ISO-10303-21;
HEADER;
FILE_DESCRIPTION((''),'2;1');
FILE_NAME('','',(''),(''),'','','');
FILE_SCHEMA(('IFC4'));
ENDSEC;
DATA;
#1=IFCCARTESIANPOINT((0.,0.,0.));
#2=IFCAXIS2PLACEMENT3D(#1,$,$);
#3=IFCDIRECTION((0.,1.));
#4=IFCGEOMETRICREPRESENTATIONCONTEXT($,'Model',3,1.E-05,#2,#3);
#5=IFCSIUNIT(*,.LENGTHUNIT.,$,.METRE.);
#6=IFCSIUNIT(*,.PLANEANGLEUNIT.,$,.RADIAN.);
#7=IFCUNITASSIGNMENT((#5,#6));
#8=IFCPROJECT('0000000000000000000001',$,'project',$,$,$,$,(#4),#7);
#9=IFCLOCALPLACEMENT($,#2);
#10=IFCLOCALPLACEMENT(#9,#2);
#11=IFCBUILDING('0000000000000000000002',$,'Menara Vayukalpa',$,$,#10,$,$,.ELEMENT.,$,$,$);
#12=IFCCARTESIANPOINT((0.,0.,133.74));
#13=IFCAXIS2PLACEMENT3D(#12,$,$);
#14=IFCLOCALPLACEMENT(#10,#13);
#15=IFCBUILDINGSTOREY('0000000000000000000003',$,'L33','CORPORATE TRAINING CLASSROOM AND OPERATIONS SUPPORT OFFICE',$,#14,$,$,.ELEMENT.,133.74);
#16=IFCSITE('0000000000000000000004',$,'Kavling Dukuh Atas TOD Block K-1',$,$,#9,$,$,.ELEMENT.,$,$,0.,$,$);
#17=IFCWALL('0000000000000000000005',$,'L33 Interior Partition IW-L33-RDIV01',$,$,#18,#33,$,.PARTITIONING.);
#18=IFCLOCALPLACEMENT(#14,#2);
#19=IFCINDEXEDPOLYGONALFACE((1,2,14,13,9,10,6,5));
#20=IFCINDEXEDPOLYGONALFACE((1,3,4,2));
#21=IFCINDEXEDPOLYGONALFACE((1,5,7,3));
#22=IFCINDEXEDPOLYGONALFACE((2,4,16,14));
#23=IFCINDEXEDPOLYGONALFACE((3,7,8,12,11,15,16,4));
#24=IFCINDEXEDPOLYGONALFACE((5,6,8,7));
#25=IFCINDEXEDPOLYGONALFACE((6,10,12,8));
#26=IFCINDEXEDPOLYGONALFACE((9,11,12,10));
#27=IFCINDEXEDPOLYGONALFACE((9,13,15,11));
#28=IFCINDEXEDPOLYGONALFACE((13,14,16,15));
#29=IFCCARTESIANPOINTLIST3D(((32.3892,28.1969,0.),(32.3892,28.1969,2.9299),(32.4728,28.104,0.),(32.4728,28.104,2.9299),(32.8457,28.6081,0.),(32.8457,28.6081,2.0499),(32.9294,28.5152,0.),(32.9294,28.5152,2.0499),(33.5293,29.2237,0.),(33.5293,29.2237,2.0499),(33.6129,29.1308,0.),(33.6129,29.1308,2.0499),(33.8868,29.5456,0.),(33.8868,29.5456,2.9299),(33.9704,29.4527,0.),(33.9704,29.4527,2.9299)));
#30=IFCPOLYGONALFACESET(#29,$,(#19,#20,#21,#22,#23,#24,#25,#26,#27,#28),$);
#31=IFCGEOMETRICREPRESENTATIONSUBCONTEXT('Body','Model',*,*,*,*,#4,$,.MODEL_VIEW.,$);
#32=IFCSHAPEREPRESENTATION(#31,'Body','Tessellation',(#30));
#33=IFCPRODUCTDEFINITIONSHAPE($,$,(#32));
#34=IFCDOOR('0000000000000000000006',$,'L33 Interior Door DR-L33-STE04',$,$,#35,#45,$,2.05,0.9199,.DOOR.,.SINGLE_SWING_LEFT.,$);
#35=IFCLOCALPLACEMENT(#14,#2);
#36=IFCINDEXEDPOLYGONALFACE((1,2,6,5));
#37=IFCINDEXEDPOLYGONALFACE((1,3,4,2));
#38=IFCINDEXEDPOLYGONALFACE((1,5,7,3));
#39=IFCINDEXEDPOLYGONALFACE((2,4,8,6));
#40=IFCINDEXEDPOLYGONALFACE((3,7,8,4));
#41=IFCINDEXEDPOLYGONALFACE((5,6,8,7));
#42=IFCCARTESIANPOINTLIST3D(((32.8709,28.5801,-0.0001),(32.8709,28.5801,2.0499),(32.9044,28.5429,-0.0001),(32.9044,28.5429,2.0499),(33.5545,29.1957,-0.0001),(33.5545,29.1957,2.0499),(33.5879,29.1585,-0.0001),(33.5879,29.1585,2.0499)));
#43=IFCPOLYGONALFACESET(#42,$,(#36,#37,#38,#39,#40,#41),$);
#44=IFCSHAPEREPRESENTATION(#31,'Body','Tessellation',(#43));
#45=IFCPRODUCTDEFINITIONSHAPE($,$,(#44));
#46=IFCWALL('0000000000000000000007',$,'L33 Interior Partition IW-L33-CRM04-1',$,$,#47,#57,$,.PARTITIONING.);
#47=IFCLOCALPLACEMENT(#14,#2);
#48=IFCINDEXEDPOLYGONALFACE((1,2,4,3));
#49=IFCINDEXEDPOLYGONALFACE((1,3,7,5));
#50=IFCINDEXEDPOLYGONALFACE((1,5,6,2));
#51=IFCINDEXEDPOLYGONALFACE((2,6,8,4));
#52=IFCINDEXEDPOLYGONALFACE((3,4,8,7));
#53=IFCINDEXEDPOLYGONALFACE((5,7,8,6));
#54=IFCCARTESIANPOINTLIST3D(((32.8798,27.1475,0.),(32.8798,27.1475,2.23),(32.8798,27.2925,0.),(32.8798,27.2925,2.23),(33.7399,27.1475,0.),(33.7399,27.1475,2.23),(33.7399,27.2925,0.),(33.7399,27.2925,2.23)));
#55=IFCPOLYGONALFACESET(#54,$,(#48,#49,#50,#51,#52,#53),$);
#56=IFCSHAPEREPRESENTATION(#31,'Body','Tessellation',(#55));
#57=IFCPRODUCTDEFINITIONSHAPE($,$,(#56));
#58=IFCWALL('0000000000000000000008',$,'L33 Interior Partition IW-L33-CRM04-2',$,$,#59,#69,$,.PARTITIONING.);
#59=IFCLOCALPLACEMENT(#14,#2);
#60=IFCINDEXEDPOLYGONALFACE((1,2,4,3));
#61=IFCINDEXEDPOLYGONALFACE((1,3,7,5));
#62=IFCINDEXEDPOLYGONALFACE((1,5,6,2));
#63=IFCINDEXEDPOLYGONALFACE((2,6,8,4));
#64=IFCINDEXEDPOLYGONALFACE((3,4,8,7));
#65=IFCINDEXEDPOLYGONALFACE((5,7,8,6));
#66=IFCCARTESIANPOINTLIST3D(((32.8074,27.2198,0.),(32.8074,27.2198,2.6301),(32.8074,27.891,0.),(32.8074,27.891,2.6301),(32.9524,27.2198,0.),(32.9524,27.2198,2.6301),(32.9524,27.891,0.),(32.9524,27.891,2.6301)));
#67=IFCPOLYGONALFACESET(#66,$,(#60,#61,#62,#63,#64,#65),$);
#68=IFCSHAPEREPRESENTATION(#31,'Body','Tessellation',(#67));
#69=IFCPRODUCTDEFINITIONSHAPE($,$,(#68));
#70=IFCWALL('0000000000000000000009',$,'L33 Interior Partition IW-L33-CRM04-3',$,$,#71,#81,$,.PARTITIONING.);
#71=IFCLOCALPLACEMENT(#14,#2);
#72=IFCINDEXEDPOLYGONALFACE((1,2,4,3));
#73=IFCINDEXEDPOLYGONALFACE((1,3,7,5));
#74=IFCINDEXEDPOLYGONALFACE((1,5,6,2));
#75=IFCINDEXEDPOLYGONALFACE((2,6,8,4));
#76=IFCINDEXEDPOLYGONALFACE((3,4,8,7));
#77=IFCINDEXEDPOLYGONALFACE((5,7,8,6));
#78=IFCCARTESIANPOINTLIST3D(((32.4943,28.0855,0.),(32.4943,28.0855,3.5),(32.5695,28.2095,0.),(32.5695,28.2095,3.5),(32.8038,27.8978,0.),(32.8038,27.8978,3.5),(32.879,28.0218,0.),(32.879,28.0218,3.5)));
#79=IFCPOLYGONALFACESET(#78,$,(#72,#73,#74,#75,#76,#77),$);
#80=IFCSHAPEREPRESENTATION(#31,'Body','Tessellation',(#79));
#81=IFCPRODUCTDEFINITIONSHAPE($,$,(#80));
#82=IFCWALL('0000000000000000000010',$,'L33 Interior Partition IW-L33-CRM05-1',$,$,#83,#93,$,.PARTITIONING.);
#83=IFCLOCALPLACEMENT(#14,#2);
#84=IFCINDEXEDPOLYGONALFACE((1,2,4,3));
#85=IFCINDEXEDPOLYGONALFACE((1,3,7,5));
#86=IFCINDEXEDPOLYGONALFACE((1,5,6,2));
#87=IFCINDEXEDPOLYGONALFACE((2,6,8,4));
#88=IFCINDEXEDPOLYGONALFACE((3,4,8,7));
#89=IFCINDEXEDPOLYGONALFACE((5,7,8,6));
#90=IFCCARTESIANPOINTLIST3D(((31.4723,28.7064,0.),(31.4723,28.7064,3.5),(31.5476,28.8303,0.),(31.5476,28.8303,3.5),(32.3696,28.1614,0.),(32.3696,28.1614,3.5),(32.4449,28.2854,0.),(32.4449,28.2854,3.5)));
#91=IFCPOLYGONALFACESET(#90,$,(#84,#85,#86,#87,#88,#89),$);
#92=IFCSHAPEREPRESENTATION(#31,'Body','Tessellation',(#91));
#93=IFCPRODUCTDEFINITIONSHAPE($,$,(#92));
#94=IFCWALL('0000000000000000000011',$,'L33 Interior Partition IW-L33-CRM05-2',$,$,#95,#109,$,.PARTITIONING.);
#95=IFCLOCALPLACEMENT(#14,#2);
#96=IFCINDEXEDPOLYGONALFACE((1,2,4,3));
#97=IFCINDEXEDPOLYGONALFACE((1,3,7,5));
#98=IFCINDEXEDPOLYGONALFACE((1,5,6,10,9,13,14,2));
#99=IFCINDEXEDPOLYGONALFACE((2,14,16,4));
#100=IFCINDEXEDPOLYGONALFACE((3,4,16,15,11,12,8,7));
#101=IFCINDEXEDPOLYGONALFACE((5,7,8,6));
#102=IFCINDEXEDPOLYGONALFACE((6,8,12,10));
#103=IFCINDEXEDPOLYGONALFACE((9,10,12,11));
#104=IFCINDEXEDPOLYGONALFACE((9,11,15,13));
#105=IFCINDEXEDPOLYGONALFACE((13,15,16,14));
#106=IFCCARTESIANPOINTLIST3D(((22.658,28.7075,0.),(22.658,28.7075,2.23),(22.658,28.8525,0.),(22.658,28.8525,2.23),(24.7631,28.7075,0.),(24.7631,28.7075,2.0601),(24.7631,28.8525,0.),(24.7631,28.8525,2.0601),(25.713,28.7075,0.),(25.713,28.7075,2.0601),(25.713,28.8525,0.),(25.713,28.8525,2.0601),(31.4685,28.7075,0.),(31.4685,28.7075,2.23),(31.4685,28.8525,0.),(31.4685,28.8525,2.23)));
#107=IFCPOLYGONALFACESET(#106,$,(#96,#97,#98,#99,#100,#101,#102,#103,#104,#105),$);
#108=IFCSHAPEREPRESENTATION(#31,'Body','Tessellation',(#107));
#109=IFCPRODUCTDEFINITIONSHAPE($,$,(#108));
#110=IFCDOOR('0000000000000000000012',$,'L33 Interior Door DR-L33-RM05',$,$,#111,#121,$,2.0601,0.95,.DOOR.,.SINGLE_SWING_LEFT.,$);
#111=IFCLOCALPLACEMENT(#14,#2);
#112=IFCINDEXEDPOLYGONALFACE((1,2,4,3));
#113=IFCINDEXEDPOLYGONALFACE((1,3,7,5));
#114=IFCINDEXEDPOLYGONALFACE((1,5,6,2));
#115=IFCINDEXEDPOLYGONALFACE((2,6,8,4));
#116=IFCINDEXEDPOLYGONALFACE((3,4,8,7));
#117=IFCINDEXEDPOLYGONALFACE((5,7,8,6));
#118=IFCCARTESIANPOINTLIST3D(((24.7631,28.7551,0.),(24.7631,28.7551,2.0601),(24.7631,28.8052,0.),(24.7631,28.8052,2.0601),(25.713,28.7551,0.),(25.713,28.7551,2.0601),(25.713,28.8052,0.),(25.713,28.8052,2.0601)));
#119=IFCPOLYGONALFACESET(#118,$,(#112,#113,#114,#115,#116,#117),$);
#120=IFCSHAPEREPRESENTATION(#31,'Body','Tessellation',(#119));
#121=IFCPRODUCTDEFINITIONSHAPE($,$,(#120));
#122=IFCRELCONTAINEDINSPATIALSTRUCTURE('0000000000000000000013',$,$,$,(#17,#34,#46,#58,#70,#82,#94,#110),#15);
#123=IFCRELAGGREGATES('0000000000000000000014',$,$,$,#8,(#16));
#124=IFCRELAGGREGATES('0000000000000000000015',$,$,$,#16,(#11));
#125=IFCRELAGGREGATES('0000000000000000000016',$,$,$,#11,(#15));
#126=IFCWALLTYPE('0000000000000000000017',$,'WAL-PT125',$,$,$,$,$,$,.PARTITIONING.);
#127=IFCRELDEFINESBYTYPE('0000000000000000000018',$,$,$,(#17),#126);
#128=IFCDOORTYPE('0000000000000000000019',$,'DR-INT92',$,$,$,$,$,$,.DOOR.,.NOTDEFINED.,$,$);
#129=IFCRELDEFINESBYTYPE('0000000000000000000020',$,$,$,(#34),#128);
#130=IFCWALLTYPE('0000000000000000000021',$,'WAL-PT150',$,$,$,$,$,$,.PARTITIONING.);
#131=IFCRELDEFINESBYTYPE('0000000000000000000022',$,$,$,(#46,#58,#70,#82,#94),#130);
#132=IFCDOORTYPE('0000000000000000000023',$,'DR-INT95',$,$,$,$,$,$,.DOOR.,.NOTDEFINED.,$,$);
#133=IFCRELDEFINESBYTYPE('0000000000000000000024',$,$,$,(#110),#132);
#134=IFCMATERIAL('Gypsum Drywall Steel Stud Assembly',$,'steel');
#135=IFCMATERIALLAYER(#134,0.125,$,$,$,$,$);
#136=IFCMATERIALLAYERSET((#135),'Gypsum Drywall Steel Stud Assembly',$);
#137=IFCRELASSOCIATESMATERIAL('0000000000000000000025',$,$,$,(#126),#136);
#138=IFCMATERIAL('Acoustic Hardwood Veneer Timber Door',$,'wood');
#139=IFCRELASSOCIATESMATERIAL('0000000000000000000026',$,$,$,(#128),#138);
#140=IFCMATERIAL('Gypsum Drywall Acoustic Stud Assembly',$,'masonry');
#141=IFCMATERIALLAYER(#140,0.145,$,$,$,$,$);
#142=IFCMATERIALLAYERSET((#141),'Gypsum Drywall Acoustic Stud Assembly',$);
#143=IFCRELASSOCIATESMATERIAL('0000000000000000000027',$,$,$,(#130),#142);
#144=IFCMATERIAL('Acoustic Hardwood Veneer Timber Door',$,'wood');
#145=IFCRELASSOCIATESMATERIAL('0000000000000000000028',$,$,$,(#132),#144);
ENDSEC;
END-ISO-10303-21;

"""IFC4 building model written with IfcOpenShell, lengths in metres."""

from ifc_helpers import new_model, si_unit, direction, frame, frame_2d, origin, place, context, subcontext, project, spatial, rectangle, extrude, material, layer, layer_set, type_object, element, fill, save


model = new_model("IFC4")

# Units and contexts
model_context = context("Model", 3, precision=1e-05, world=origin(), true_north=direction((0.0, 1.0)))
body_context = subcontext(model_context, "Body", "Model", "MODEL_VIEW")
ifc_project = project(units=[si_unit("LENGTHUNIT", "METRE"), si_unit("PLANEANGLEUNIT", "RADIAN")], contexts=[model_context])

# Site, building, storey
site_placement = place(None, origin())
site = spatial("IfcSite", under=ifc_project, at=site_placement, Name="Kavling Dukuh Atas TOD Block K-1", CompositionType="ELEMENT", RefElevation=0.0)
building_placement = place(site_placement, origin())
building = spatial("IfcBuilding", under=site, at=building_placement, Name="Menara Vayukalpa", CompositionType="ELEMENT")
storey_placement = place(building_placement, frame((0.0, 0.0, 133.74)))
storey = spatial("IfcBuildingStorey", under=building, at=storey_placement, Name="L33", Description="CORPORATE TRAINING CLASSROOM AND OPERATIONS SUPPORT OFFICE", CompositionType="ELEMENT", Elevation=133.74)

# Wall, opening, door
ifc_material_1 = material(Name="Gypsum Drywall Steel Stud Assembly", Category="steel")
ifc_layer_1 = layer(ifc_material_1, 0.125)
ifc_layer_set_1 = layer_set([ifc_layer_1], Name="Gypsum Drywall Steel Stud Assembly")
wall_type_1 = type_object("IfcWallType", Name="WAL-PT125", PredefinedType="PARTITIONING", material=ifc_layer_set_1)
wall_1_placement = place(storey_placement, frame((32.4309, 28.1504, 0.0), z_axis=(0.0, 0.0, 1.0), x_axis=(0.743089, 0.669192, 0.0)))
wall_1 = element("IfcWall", 1, at=wall_1_placement, inside=storey, type_object=wall_type_1, Name="L33 Interior Partition IW-L33-RDIV01", PredefinedType="PARTITIONING", context=body_context, shape_type="SweptSolid", body=[
    extrude(rectangle(XDim=2.0154, YDim=0.125, at=frame_2d((1.0078, 0.0))), origin(), (0.0, 0.0, 1.0), 2.9299),
])
opening_1_placement = place(wall_1_placement, frame((0.6145, 0.0, 0.0)))
opening_1 = element("IfcOpeningElement", 2, at=opening_1_placement, cuts=wall_1, PredefinedType="OPENING", context=body_context, shape_type="SweptSolid", body=[
    extrude(rectangle(XDim=0.9199, YDim=2.05, at=frame_2d((0.46, 1.0249))), frame((0.0, 0.0725, 0.0), z_axis=(0.0, -1.0, 0.0), x_axis=(1.0, 0.0, 0.0)), (0.0, 0.0, 1.0), 0.145),
])
ifc_material_2 = material(Name="Acoustic Hardwood Veneer Timber Door", Category="wood")
door_type_1 = type_object("IfcDoorType", Name="DR-INT92", OperationType="NOTDEFINED", PredefinedType="DOOR", material=ifc_material_2)
door_1_placement = place(opening_1_placement, origin())
door_1 = element("IfcDoor", 3, at=door_1_placement, inside=storey, type_object=door_type_1, Name="L33 Interior Door DR-L33-STE04", OperationType="SINGLE_SWING_LEFT", OverallHeight=2.05, OverallWidth=0.9199, PredefinedType="DOOR", context=body_context, shape_type="SweptSolid", body=[
    extrude(rectangle(XDim=0.9199, YDim=2.05, at=frame_2d((0.46, 1.0249))), frame((0.0, 0.0249, 0.0), z_axis=(0.0, -1.0, 0.0), x_axis=(1.0, 0.0, 0.0)), (0.0, 0.0, 1.0), 0.05),
])
fill(opening_1, door_1)

# Walls
ifc_material_3 = material(Name="Gypsum Drywall Acoustic Stud Assembly", Category="masonry")
ifc_layer_2 = layer(ifc_material_3, 0.145)
ifc_layer_set_2 = layer_set([ifc_layer_2], Name="Gypsum Drywall Acoustic Stud Assembly")
wall_type_2 = type_object("IfcWallType", Name="WAL-PT150", PredefinedType="PARTITIONING", material=ifc_layer_set_2)
wall_2_placement = place(storey_placement, frame((33.74, 27.22, 0.0), z_axis=(0.0, 0.0, 1.0), x_axis=(-1.0, 0.0, 0.0)))
element("IfcWall", 4, at=wall_2_placement, inside=storey, type_object=wall_type_2, Name="L33 Interior Partition IW-L33-CRM04-1", PredefinedType="PARTITIONING", context=body_context, shape_type="SweptSolid", body=[
    extrude(rectangle(XDim=0.8601, YDim=0.145, at=frame_2d((0.4302, 0.0))), origin(), (0.0, 0.0, 1.0), 2.23),
])
wall_3_placement = place(storey_placement, frame((32.8799, 27.22, 0.0), z_axis=(0.0, 0.0, 1.0), x_axis=(0.0, 1.0, 0.0)))
element("IfcWall", 5, at=wall_3_placement, inside=storey, type_object=wall_type_2, Name="L33 Interior Partition IW-L33-CRM04-2", PredefinedType="PARTITIONING", context=body_context, shape_type="SweptSolid", body=[
    extrude(rectangle(XDim=0.6711, YDim=0.145, at=frame_2d((0.3354, 0.0))), origin(), (0.0, 0.0, 1.0), 2.6301),
])
wall_4_placement = place(storey_placement, frame((32.8416, 27.9597, 0.0), z_axis=(0.0, 0.0, 1.0), x_axis=(-0.855044, 0.518556, 0.0)))
element("IfcWall", 6, at=wall_4_placement, inside=storey, type_object=wall_type_2, Name="L33 Interior Partition IW-L33-CRM04-3", PredefinedType="PARTITIONING", context=body_context, shape_type="SweptSolid", body=[
    extrude(rectangle(XDim=0.3621, YDim=0.145, at=frame_2d((0.1812, 0.0))), origin(), (0.0, 0.0, 1.0), 3.5),
])
wall_5_placement = place(storey_placement, frame((32.4072, 28.2234, 0.0), z_axis=(0.0, 0.0, 1.0), x_axis=(-0.85471, 0.519106, 0.0)))
element("IfcWall", 7, at=wall_5_placement, inside=storey, type_object=wall_type_2, Name="L33 Interior Partition IW-L33-CRM05-1", PredefinedType="PARTITIONING", context=body_context, shape_type="SweptSolid", body=[
    extrude(rectangle(XDim=1.0498, YDim=0.145, at=frame_2d((0.5249, 0.0))), origin(), (0.0, 0.0, 1.0), 3.5),
])

# Wall, opening, door
wall_6_placement = place(storey_placement, frame((31.4685, 28.78, 0.0), z_axis=(0.0, 0.0, 1.0), x_axis=(-1.0, 0.0, 0.0)))
wall_6 = element("IfcWall", 8, at=wall_6_placement, inside=storey, type_object=wall_type_2, Name="L33 Interior Partition IW-L33-CRM05-2", PredefinedType="PARTITIONING", context=body_context, shape_type="SweptSolid", body=[
    extrude(rectangle(XDim=8.8105, YDim=0.145, at=frame_2d((4.4053, 0.0))), origin(), (0.0, 0.0, 1.0), 2.23),
])
opening_2_placement = place(wall_6_placement, frame((5.7554, 0.0, 0.0)))
opening_2 = element("IfcOpeningElement", 9, at=opening_2_placement, cuts=wall_6, PredefinedType="OPENING", context=body_context, shape_type="SweptSolid", body=[
    extrude(rectangle(XDim=0.95, YDim=2.0601, at=frame_2d((0.4751, 1.03))), frame((0.0, 0.0825, 0.0), z_axis=(0.0, -1.0, 0.0), x_axis=(1.0, 0.0, 0.0)), (0.0, 0.0, 1.0), 0.165),
])
ifc_material_4 = material(Name="Acoustic Hardwood Veneer Timber Door", Category="wood")
door_type_2 = type_object("IfcDoorType", Name="DR-INT95", OperationType="NOTDEFINED", PredefinedType="DOOR", material=ifc_material_4)
door_2_placement = place(opening_2_placement, origin())
door_2 = element("IfcDoor", 10, at=door_2_placement, inside=storey, type_object=door_type_2, Name="L33 Interior Door DR-L33-RM05", OperationType="SINGLE_SWING_LEFT", OverallHeight=2.0601, OverallWidth=0.95, PredefinedType="DOOR", context=body_context, shape_type="SweptSolid", body=[
    extrude(rectangle(XDim=0.95, YDim=2.0601, at=frame_2d((0.4751, 1.03))), frame((0.0, 0.0249, 0.0), z_axis=(0.0, -1.0, 0.0), x_axis=(1.0, 0.0, 0.0)), (0.0, 0.0, 1.0), 0.05),
])
fill(opening_2, door_2)

save(model, "model.ifc")
